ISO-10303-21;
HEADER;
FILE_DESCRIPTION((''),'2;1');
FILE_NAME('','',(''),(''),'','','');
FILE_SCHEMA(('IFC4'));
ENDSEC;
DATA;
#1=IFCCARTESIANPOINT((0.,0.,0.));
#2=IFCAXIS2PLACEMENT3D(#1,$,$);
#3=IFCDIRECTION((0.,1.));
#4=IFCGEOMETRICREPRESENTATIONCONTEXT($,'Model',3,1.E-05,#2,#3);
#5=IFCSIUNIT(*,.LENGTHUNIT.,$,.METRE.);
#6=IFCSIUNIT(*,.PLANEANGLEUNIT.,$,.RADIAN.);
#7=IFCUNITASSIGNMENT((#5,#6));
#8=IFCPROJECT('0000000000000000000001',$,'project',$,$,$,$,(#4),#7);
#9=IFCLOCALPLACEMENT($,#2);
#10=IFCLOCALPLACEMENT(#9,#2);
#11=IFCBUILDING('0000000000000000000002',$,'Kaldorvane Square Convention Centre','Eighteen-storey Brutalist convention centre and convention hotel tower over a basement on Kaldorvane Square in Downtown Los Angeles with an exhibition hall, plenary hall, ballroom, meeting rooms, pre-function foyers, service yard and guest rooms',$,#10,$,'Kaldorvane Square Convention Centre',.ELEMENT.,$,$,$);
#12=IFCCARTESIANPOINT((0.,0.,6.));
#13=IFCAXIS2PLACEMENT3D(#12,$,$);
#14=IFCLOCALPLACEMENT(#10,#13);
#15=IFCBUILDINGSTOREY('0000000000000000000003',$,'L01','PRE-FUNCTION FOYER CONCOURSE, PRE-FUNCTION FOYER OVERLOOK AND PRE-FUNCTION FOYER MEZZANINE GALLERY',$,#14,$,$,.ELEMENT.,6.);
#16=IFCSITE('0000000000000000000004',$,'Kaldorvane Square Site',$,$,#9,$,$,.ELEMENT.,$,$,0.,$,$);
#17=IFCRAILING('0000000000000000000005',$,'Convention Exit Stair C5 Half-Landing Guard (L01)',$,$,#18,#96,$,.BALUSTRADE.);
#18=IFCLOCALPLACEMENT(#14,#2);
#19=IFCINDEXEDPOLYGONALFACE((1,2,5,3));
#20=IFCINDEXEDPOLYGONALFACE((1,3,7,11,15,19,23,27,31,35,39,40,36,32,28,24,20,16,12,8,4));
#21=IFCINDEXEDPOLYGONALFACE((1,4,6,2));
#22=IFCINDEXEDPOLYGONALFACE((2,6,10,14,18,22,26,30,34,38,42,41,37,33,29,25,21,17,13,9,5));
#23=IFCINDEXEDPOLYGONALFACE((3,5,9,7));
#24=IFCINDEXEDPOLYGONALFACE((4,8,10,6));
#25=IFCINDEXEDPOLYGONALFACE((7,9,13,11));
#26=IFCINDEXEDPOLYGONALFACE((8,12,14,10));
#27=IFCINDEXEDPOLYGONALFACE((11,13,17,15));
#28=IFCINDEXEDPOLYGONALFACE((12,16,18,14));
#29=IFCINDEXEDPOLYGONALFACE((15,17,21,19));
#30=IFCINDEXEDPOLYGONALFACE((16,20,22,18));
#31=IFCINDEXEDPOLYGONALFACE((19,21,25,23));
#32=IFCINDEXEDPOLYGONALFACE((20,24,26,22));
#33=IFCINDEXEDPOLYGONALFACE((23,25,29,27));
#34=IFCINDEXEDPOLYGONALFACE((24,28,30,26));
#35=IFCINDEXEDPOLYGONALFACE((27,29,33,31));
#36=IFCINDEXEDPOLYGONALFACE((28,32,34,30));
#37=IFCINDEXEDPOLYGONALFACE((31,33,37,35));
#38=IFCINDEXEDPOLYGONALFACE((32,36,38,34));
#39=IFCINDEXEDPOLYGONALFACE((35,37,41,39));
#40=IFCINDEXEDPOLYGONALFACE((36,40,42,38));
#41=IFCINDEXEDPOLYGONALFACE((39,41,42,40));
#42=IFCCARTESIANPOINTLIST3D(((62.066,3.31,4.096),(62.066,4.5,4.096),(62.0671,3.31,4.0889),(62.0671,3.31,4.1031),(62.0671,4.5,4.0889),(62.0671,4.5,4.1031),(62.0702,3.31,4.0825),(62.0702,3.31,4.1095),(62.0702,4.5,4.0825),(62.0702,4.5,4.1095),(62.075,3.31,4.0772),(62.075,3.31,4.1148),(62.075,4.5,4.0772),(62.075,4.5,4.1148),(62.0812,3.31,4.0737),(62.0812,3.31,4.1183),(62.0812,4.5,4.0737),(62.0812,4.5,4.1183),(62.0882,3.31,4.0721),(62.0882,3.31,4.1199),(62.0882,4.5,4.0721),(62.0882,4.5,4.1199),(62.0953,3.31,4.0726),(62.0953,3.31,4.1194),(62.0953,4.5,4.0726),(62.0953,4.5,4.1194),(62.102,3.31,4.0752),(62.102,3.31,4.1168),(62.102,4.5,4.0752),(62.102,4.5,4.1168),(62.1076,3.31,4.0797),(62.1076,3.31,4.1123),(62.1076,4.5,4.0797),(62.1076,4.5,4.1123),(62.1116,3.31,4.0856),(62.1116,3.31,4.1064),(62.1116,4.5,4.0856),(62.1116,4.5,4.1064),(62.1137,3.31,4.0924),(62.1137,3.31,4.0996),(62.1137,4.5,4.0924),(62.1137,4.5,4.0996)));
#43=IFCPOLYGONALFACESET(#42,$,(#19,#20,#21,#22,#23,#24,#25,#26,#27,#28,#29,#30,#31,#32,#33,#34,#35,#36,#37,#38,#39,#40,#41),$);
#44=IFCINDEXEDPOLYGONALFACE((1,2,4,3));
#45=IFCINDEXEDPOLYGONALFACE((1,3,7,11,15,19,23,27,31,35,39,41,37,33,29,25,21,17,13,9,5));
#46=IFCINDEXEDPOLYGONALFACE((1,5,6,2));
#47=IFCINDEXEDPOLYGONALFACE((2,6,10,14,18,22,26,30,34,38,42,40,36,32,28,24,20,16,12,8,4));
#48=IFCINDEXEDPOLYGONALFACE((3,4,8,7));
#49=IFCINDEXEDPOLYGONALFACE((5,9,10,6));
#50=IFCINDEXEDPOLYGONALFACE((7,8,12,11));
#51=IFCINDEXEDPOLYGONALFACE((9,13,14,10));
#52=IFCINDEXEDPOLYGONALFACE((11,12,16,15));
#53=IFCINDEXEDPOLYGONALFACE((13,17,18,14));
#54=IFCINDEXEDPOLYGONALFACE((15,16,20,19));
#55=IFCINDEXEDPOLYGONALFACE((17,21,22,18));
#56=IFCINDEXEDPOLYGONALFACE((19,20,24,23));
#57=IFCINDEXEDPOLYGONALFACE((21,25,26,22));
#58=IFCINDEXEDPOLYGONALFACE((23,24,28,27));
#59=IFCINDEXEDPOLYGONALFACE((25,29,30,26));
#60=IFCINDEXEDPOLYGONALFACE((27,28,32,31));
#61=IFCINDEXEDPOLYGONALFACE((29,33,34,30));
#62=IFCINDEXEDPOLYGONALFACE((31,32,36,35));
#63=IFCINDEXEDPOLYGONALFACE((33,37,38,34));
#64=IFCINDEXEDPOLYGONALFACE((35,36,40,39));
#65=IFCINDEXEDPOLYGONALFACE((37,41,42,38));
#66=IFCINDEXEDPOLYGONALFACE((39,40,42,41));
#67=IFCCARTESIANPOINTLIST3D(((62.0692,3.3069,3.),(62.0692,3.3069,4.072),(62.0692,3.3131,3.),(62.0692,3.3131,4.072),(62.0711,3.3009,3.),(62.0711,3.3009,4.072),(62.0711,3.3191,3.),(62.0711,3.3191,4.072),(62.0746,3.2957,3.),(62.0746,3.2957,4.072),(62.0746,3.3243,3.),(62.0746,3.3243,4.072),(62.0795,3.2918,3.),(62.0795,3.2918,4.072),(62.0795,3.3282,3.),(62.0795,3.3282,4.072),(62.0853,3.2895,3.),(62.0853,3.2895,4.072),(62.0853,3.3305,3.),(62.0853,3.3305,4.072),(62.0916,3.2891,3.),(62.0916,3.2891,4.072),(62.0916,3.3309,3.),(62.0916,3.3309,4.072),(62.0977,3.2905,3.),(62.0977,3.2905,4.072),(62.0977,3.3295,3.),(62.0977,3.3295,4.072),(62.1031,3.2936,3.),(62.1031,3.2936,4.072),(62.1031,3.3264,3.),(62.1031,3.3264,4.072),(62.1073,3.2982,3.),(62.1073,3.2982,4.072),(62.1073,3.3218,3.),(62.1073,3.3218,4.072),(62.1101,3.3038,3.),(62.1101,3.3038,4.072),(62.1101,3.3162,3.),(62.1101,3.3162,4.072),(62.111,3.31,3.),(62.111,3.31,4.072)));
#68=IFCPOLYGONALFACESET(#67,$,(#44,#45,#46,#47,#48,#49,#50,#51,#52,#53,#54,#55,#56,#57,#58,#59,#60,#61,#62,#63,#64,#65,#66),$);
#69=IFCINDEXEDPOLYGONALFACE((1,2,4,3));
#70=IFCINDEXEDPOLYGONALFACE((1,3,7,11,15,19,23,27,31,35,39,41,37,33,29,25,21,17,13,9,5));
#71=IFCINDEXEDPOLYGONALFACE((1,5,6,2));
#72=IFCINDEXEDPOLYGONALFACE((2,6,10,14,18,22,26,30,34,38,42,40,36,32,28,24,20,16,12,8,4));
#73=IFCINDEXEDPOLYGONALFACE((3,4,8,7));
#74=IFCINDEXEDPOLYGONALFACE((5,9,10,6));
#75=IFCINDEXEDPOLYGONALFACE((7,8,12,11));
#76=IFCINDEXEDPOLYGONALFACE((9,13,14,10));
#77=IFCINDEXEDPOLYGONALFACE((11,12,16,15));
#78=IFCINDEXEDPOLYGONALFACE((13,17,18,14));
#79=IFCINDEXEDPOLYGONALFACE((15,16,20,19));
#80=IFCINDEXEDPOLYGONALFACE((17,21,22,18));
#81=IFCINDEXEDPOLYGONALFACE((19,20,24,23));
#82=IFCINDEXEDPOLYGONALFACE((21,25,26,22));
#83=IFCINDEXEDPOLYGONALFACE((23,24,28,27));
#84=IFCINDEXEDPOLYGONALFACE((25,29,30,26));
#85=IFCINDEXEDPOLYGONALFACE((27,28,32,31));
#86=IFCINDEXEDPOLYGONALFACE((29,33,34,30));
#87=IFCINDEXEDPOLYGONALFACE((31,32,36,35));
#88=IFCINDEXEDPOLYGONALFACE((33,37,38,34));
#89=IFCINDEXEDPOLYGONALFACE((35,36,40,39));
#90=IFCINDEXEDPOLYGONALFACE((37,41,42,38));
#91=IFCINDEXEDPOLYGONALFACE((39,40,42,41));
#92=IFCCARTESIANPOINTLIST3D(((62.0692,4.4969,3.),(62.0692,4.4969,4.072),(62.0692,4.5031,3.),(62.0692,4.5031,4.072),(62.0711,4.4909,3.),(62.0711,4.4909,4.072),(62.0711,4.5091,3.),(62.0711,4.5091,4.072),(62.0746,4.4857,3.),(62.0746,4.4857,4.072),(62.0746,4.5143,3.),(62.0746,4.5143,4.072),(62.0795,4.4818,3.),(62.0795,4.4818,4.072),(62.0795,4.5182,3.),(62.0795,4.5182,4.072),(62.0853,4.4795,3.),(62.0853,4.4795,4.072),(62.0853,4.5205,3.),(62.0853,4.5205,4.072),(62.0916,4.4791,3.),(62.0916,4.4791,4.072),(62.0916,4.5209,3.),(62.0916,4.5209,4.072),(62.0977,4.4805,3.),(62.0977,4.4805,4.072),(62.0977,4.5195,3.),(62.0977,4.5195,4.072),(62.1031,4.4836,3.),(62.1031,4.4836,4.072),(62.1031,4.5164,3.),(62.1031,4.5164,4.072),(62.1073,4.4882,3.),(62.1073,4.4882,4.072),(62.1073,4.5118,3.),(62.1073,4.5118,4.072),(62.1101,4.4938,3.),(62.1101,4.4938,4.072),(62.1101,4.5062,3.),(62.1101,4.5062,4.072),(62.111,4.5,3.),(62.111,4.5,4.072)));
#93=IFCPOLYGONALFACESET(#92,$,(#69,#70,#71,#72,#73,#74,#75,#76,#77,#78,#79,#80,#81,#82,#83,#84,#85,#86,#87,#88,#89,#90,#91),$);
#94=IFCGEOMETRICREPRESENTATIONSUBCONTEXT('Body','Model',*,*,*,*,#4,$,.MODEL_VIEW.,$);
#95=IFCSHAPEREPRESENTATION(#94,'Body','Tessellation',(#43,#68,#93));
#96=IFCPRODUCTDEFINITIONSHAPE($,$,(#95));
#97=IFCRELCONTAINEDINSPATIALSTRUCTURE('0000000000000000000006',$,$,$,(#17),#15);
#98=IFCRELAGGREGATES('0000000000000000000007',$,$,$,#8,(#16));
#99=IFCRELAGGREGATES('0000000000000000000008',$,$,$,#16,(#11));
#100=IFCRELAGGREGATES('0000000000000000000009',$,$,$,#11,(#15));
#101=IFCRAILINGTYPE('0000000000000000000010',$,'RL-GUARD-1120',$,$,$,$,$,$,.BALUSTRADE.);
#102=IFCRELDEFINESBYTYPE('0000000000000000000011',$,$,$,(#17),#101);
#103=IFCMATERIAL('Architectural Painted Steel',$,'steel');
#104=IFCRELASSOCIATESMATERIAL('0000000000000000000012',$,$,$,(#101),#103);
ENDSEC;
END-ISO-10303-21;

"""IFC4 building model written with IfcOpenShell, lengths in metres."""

from ifc_helpers import new_model, si_unit, direction, frame, origin, origin_2d, place, context, subcontext, project, spatial, circle, extrude, material, type_object, element, save


model = new_model("IFC4")

# Units and contexts
model_context = context("Model", 3, precision=1e-05, world=origin(), true_north=direction((0.0, 1.0)))
body_context = subcontext(model_context, "Body", "Model", "MODEL_VIEW")
ifc_project = project(units=[si_unit("LENGTHUNIT", "METRE"), si_unit("PLANEANGLEUNIT", "RADIAN")], contexts=[model_context])

# Site, building, storey
site_placement = place(None, origin())
site = spatial("IfcSite", under=ifc_project, at=site_placement, Name="Kaldorvane Square Site", CompositionType="ELEMENT", RefElevation=0.0)
building_placement = place(site_placement, origin())
building = spatial("IfcBuilding", under=site, at=building_placement, Name="Kaldorvane Square Convention Centre", Description="Eighteen-storey Brutalist convention centre and convention hotel tower over a basement on Kaldorvane Square in Downtown Los Angeles with an exhibition hall, plenary hall, ballroom, meeting rooms, pre-function foyers, service yard and guest rooms", LongName="Kaldorvane Square Convention Centre", CompositionType="ELEMENT")
storey_placement = place(building_placement, frame((0.0, 0.0, 6.0)))
storey = spatial("IfcBuildingStorey", under=building, at=storey_placement, Name="L01", Description="PRE-FUNCTION FOYER CONCOURSE, PRE-FUNCTION FOYER OVERLOOK AND PRE-FUNCTION FOYER MEZZANINE GALLERY", CompositionType="ELEMENT", Elevation=6.0)

# Railing
ifc_material_1 = material(Name="Architectural Painted Steel", Category="steel")
railing_type_1 = type_object("IfcRailingType", Name="RL-GUARD-1120", PredefinedType="BALUSTRADE", material=ifc_material_1)
for number, where, name in (
    (1, (62.09, 3.31, 3.0), "Convention Exit Stair C5 Half-Landing Guard (L01)"),
):
    element("IfcRailing", number, at=place(storey_placement, frame(where)), inside=storey, type_object=railing_type_1, Name=name, PredefinedType="BALUSTRADE", context=body_context, shape_type="SweptSolid", body=[
        extrude(circle(Radius=0.024, at=origin_2d()), frame((0.0, 0.0, 1.096), z_axis=(0.0, 1.0, 0.0), x_axis=(-1.0, 0.0, 0.0)), (0.0, 0.0, 1.0), 1.19),
        extrude(circle(Radius=0.021, at=origin_2d()), origin(), (0.0, 0.0, 1.0), 1.072),
        extrude(circle(Radius=0.021, at=origin_2d()), frame((0.0, 1.19, 0.0)), (0.0, 0.0, 1.0), 1.072),
    ])

save(model, "model.ifc")
